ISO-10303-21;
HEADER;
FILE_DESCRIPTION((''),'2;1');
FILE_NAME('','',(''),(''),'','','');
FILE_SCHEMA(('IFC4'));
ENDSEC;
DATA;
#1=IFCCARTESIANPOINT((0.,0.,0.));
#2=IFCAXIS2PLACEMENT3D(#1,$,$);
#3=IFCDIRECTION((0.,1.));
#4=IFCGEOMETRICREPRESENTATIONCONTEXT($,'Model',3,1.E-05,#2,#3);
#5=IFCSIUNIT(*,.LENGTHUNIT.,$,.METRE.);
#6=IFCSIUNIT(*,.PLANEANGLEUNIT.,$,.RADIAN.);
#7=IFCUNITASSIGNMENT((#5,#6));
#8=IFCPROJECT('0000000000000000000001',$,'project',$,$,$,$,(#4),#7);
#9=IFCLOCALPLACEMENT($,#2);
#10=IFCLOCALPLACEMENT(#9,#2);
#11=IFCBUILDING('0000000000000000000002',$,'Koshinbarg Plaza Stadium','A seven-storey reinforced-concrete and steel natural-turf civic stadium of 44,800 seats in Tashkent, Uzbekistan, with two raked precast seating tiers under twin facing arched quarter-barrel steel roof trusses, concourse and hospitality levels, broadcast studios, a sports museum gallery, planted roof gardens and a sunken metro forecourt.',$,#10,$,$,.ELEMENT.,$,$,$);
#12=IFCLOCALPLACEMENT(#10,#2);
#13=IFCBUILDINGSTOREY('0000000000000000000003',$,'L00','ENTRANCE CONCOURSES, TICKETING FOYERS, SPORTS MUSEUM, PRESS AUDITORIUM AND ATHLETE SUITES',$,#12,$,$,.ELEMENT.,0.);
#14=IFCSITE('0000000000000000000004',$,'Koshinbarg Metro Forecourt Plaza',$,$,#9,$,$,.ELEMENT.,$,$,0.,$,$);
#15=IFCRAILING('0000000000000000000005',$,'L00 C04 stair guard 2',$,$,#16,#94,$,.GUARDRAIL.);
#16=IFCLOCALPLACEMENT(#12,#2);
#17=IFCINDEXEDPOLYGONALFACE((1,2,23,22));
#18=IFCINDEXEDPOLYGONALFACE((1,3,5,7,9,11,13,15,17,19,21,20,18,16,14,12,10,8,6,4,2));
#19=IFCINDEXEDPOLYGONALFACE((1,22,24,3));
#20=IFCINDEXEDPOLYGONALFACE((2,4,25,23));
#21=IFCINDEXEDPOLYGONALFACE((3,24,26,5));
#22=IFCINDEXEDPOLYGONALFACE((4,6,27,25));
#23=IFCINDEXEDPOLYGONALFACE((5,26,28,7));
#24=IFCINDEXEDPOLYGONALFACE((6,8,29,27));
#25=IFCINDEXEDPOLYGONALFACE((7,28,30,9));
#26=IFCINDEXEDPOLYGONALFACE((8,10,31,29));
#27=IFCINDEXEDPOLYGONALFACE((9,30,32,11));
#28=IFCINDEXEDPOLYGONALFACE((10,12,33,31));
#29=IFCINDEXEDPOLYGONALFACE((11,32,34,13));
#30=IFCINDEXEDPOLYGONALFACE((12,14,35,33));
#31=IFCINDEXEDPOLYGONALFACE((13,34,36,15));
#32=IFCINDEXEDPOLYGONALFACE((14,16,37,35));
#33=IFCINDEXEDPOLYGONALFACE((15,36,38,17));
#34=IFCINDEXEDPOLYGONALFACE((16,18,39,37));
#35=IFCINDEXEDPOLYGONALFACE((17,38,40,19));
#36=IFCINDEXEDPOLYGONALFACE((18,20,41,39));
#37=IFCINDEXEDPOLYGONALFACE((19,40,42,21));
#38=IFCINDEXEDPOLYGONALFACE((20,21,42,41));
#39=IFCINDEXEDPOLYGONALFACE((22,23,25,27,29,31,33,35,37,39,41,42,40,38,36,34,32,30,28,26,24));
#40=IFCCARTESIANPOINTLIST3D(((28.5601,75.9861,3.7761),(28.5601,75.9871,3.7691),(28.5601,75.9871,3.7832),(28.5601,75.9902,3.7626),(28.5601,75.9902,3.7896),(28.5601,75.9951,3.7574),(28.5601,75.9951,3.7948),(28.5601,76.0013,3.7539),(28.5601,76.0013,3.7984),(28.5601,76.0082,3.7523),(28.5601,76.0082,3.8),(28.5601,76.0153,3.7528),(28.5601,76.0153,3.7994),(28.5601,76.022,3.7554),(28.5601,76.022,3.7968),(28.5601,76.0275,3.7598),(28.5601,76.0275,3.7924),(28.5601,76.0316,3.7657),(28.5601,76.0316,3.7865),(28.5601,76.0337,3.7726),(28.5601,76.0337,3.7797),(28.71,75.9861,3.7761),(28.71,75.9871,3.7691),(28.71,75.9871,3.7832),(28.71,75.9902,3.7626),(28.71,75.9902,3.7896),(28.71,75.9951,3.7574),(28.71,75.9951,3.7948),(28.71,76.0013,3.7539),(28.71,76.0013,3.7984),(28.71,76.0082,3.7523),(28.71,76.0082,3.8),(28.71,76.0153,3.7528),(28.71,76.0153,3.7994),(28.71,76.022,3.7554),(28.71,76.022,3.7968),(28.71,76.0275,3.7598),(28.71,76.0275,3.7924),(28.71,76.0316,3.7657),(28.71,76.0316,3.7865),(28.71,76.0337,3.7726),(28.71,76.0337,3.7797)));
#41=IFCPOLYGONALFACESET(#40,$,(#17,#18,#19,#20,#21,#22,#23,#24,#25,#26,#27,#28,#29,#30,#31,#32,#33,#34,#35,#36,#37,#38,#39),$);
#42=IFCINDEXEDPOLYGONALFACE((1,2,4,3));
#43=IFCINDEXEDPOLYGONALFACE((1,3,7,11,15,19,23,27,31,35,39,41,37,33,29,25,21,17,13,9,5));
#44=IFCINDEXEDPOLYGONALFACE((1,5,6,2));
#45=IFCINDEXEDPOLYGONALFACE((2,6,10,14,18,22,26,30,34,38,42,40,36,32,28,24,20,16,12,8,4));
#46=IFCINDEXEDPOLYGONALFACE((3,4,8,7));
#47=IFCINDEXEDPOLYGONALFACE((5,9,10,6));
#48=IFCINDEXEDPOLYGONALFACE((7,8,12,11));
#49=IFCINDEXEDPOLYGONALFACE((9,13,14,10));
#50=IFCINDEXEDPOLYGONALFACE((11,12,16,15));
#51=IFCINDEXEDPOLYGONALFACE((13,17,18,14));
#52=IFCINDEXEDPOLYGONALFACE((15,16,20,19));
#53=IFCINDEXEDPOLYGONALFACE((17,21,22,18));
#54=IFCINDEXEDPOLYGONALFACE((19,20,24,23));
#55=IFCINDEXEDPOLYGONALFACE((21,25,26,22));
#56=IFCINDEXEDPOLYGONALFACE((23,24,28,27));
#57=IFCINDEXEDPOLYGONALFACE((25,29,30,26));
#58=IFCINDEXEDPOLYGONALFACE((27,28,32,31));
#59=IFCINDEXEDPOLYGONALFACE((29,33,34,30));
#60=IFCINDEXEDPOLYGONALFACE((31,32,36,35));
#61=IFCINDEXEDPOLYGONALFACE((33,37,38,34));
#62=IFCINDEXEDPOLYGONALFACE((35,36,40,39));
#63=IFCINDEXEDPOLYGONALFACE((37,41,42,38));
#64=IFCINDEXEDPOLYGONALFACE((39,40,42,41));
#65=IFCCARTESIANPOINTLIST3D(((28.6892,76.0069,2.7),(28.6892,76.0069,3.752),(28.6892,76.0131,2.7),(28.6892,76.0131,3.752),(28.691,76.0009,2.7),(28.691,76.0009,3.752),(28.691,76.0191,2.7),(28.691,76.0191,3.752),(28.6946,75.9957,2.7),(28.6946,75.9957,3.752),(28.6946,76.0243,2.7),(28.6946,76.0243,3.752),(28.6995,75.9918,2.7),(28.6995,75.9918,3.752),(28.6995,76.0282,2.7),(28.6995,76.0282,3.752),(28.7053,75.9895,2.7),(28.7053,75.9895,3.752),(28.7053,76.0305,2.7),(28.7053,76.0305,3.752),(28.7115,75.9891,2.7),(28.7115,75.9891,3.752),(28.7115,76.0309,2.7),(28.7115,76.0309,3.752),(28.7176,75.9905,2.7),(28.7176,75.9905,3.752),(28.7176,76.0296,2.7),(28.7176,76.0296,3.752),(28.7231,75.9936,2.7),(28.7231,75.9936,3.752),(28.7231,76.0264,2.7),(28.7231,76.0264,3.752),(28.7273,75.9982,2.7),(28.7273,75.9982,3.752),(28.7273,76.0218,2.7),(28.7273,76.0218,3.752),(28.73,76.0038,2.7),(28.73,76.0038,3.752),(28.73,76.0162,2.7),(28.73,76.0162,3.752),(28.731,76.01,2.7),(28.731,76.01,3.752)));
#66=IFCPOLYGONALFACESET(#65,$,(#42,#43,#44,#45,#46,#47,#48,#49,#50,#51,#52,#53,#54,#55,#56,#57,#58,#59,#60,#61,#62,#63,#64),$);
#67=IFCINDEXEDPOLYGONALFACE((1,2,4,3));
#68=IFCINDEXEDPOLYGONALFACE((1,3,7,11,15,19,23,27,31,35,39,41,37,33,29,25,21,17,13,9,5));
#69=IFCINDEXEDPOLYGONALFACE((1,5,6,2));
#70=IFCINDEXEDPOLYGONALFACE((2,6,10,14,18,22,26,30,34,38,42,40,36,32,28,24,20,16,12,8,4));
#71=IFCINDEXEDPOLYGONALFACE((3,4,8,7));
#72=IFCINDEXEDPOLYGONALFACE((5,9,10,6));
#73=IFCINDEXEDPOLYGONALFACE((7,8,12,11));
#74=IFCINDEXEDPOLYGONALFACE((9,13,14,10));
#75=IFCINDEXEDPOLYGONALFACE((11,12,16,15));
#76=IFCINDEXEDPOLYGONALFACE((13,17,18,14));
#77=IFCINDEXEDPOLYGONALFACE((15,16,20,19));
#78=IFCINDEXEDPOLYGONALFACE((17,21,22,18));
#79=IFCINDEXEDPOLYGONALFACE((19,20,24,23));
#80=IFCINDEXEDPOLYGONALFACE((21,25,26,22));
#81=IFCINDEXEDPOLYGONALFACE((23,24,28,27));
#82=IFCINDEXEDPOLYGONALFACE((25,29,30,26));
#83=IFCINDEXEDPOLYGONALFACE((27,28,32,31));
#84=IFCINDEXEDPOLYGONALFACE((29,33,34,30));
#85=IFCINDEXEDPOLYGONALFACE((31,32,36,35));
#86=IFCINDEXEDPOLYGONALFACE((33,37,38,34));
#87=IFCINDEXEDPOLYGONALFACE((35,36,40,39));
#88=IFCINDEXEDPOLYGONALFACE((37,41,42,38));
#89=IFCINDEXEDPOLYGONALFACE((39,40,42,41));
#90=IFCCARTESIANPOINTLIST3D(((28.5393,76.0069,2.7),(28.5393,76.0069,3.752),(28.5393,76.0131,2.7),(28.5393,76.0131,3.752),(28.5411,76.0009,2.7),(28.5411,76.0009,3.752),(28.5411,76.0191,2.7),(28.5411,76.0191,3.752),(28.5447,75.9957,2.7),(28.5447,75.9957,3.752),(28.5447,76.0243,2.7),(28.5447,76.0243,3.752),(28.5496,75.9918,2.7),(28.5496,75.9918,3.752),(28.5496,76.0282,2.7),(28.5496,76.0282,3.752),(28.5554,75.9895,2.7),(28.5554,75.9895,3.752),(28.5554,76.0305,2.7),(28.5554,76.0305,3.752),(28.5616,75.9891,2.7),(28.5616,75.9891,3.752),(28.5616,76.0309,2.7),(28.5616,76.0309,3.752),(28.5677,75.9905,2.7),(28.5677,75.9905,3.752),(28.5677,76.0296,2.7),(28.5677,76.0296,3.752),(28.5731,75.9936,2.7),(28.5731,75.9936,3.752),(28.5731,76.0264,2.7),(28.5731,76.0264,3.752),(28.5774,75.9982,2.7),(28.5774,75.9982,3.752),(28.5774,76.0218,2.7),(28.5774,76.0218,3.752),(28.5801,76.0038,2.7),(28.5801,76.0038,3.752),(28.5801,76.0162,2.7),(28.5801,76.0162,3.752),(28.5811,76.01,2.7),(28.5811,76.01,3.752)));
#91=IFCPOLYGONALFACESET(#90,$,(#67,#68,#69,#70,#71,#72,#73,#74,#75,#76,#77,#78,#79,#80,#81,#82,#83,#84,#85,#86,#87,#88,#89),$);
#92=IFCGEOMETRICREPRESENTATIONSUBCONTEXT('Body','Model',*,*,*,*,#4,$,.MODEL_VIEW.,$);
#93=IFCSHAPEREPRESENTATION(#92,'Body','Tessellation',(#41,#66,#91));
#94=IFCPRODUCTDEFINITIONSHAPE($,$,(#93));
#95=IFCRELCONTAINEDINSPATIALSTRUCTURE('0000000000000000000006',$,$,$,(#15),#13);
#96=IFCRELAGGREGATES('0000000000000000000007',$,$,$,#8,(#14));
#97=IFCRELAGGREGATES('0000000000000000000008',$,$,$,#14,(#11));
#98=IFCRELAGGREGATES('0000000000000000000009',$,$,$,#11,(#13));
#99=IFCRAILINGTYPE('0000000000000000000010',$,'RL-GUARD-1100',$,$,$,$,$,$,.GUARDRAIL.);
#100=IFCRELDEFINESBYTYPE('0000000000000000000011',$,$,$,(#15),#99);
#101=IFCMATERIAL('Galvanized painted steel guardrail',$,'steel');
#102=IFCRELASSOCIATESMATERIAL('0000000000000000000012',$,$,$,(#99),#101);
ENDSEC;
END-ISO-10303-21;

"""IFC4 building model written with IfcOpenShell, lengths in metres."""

from ifc_helpers import new_model, si_unit, direction, frame, origin, origin_2d, place, context, subcontext, project, spatial, circle, extrude, material, type_object, element, save


model = new_model("IFC4")

# Units and contexts
model_context = context("Model", 3, precision=1e-05, world=origin(), true_north=direction((0.0, 1.0)))
body_context = subcontext(model_context, "Body", "Model", "MODEL_VIEW")
ifc_project = project(units=[si_unit("LENGTHUNIT", "METRE"), si_unit("PLANEANGLEUNIT", "RADIAN")], contexts=[model_context])

# Site, building, storey
site_placement = place(None, origin())
site = spatial("IfcSite", under=ifc_project, at=site_placement, Name="Koshinbarg Metro Forecourt Plaza", CompositionType="ELEMENT", RefElevation=0.0)
building_placement = place(site_placement, origin())
building = spatial("IfcBuilding", under=site, at=building_placement, Name="Koshinbarg Plaza Stadium", Description="A seven-storey reinforced-concrete and steel natural-turf civic stadium of 44,800 seats in Tashkent, Uzbekistan, with two raked precast seating tiers under twin facing arched quarter-barrel steel roof trusses, concourse and hospitality levels, broadcast studios, a sports museum gallery, planted roof gardens and a sunken metro forecourt.", CompositionType="ELEMENT")
storey_placement = place(building_placement, origin())
storey = spatial("IfcBuildingStorey", under=building, at=storey_placement, Name="L00", Description="ENTRANCE CONCOURSES, TICKETING FOYERS, SPORTS MUSEUM, PRESS AUDITORIUM AND ATHLETE SUITES", CompositionType="ELEMENT", Elevation=0.0)

# Railing
ifc_material_1 = material(Name="Galvanized painted steel guardrail", Category="steel")
railing_type_1 = type_object("IfcRailingType", Name="RL-GUARD-1100", PredefinedType="GUARDRAIL", material=ifc_material_1)
railing_1_placement = place(storey_placement, frame((28.71, 76.01, 2.7)))
element("IfcRailing", 1, at=railing_1_placement, inside=storey, type_object=railing_type_1, Name="L00 C04 stair guard 2", PredefinedType="GUARDRAIL", context=body_context, shape_type="SweptSolid", body=[
    extrude(circle(Radius=0.0239, at=origin_2d()), frame((0.0, 0.0, 1.0762), z_axis=(-1.0, 0.0, 0.0), x_axis=(0.0, -1.0, 0.0)), (0.0, 0.0, 1.0), 0.1499),
    extrude(circle(Radius=0.021, at=origin_2d()), origin(), (0.0, 0.0, 1.0), 1.052),
    extrude(circle(Radius=0.021, at=origin_2d()), frame((-0.1499, 0.0, 0.0)), (0.0, 0.0, 1.0), 1.052),
])

save(model, "model.ifc")
